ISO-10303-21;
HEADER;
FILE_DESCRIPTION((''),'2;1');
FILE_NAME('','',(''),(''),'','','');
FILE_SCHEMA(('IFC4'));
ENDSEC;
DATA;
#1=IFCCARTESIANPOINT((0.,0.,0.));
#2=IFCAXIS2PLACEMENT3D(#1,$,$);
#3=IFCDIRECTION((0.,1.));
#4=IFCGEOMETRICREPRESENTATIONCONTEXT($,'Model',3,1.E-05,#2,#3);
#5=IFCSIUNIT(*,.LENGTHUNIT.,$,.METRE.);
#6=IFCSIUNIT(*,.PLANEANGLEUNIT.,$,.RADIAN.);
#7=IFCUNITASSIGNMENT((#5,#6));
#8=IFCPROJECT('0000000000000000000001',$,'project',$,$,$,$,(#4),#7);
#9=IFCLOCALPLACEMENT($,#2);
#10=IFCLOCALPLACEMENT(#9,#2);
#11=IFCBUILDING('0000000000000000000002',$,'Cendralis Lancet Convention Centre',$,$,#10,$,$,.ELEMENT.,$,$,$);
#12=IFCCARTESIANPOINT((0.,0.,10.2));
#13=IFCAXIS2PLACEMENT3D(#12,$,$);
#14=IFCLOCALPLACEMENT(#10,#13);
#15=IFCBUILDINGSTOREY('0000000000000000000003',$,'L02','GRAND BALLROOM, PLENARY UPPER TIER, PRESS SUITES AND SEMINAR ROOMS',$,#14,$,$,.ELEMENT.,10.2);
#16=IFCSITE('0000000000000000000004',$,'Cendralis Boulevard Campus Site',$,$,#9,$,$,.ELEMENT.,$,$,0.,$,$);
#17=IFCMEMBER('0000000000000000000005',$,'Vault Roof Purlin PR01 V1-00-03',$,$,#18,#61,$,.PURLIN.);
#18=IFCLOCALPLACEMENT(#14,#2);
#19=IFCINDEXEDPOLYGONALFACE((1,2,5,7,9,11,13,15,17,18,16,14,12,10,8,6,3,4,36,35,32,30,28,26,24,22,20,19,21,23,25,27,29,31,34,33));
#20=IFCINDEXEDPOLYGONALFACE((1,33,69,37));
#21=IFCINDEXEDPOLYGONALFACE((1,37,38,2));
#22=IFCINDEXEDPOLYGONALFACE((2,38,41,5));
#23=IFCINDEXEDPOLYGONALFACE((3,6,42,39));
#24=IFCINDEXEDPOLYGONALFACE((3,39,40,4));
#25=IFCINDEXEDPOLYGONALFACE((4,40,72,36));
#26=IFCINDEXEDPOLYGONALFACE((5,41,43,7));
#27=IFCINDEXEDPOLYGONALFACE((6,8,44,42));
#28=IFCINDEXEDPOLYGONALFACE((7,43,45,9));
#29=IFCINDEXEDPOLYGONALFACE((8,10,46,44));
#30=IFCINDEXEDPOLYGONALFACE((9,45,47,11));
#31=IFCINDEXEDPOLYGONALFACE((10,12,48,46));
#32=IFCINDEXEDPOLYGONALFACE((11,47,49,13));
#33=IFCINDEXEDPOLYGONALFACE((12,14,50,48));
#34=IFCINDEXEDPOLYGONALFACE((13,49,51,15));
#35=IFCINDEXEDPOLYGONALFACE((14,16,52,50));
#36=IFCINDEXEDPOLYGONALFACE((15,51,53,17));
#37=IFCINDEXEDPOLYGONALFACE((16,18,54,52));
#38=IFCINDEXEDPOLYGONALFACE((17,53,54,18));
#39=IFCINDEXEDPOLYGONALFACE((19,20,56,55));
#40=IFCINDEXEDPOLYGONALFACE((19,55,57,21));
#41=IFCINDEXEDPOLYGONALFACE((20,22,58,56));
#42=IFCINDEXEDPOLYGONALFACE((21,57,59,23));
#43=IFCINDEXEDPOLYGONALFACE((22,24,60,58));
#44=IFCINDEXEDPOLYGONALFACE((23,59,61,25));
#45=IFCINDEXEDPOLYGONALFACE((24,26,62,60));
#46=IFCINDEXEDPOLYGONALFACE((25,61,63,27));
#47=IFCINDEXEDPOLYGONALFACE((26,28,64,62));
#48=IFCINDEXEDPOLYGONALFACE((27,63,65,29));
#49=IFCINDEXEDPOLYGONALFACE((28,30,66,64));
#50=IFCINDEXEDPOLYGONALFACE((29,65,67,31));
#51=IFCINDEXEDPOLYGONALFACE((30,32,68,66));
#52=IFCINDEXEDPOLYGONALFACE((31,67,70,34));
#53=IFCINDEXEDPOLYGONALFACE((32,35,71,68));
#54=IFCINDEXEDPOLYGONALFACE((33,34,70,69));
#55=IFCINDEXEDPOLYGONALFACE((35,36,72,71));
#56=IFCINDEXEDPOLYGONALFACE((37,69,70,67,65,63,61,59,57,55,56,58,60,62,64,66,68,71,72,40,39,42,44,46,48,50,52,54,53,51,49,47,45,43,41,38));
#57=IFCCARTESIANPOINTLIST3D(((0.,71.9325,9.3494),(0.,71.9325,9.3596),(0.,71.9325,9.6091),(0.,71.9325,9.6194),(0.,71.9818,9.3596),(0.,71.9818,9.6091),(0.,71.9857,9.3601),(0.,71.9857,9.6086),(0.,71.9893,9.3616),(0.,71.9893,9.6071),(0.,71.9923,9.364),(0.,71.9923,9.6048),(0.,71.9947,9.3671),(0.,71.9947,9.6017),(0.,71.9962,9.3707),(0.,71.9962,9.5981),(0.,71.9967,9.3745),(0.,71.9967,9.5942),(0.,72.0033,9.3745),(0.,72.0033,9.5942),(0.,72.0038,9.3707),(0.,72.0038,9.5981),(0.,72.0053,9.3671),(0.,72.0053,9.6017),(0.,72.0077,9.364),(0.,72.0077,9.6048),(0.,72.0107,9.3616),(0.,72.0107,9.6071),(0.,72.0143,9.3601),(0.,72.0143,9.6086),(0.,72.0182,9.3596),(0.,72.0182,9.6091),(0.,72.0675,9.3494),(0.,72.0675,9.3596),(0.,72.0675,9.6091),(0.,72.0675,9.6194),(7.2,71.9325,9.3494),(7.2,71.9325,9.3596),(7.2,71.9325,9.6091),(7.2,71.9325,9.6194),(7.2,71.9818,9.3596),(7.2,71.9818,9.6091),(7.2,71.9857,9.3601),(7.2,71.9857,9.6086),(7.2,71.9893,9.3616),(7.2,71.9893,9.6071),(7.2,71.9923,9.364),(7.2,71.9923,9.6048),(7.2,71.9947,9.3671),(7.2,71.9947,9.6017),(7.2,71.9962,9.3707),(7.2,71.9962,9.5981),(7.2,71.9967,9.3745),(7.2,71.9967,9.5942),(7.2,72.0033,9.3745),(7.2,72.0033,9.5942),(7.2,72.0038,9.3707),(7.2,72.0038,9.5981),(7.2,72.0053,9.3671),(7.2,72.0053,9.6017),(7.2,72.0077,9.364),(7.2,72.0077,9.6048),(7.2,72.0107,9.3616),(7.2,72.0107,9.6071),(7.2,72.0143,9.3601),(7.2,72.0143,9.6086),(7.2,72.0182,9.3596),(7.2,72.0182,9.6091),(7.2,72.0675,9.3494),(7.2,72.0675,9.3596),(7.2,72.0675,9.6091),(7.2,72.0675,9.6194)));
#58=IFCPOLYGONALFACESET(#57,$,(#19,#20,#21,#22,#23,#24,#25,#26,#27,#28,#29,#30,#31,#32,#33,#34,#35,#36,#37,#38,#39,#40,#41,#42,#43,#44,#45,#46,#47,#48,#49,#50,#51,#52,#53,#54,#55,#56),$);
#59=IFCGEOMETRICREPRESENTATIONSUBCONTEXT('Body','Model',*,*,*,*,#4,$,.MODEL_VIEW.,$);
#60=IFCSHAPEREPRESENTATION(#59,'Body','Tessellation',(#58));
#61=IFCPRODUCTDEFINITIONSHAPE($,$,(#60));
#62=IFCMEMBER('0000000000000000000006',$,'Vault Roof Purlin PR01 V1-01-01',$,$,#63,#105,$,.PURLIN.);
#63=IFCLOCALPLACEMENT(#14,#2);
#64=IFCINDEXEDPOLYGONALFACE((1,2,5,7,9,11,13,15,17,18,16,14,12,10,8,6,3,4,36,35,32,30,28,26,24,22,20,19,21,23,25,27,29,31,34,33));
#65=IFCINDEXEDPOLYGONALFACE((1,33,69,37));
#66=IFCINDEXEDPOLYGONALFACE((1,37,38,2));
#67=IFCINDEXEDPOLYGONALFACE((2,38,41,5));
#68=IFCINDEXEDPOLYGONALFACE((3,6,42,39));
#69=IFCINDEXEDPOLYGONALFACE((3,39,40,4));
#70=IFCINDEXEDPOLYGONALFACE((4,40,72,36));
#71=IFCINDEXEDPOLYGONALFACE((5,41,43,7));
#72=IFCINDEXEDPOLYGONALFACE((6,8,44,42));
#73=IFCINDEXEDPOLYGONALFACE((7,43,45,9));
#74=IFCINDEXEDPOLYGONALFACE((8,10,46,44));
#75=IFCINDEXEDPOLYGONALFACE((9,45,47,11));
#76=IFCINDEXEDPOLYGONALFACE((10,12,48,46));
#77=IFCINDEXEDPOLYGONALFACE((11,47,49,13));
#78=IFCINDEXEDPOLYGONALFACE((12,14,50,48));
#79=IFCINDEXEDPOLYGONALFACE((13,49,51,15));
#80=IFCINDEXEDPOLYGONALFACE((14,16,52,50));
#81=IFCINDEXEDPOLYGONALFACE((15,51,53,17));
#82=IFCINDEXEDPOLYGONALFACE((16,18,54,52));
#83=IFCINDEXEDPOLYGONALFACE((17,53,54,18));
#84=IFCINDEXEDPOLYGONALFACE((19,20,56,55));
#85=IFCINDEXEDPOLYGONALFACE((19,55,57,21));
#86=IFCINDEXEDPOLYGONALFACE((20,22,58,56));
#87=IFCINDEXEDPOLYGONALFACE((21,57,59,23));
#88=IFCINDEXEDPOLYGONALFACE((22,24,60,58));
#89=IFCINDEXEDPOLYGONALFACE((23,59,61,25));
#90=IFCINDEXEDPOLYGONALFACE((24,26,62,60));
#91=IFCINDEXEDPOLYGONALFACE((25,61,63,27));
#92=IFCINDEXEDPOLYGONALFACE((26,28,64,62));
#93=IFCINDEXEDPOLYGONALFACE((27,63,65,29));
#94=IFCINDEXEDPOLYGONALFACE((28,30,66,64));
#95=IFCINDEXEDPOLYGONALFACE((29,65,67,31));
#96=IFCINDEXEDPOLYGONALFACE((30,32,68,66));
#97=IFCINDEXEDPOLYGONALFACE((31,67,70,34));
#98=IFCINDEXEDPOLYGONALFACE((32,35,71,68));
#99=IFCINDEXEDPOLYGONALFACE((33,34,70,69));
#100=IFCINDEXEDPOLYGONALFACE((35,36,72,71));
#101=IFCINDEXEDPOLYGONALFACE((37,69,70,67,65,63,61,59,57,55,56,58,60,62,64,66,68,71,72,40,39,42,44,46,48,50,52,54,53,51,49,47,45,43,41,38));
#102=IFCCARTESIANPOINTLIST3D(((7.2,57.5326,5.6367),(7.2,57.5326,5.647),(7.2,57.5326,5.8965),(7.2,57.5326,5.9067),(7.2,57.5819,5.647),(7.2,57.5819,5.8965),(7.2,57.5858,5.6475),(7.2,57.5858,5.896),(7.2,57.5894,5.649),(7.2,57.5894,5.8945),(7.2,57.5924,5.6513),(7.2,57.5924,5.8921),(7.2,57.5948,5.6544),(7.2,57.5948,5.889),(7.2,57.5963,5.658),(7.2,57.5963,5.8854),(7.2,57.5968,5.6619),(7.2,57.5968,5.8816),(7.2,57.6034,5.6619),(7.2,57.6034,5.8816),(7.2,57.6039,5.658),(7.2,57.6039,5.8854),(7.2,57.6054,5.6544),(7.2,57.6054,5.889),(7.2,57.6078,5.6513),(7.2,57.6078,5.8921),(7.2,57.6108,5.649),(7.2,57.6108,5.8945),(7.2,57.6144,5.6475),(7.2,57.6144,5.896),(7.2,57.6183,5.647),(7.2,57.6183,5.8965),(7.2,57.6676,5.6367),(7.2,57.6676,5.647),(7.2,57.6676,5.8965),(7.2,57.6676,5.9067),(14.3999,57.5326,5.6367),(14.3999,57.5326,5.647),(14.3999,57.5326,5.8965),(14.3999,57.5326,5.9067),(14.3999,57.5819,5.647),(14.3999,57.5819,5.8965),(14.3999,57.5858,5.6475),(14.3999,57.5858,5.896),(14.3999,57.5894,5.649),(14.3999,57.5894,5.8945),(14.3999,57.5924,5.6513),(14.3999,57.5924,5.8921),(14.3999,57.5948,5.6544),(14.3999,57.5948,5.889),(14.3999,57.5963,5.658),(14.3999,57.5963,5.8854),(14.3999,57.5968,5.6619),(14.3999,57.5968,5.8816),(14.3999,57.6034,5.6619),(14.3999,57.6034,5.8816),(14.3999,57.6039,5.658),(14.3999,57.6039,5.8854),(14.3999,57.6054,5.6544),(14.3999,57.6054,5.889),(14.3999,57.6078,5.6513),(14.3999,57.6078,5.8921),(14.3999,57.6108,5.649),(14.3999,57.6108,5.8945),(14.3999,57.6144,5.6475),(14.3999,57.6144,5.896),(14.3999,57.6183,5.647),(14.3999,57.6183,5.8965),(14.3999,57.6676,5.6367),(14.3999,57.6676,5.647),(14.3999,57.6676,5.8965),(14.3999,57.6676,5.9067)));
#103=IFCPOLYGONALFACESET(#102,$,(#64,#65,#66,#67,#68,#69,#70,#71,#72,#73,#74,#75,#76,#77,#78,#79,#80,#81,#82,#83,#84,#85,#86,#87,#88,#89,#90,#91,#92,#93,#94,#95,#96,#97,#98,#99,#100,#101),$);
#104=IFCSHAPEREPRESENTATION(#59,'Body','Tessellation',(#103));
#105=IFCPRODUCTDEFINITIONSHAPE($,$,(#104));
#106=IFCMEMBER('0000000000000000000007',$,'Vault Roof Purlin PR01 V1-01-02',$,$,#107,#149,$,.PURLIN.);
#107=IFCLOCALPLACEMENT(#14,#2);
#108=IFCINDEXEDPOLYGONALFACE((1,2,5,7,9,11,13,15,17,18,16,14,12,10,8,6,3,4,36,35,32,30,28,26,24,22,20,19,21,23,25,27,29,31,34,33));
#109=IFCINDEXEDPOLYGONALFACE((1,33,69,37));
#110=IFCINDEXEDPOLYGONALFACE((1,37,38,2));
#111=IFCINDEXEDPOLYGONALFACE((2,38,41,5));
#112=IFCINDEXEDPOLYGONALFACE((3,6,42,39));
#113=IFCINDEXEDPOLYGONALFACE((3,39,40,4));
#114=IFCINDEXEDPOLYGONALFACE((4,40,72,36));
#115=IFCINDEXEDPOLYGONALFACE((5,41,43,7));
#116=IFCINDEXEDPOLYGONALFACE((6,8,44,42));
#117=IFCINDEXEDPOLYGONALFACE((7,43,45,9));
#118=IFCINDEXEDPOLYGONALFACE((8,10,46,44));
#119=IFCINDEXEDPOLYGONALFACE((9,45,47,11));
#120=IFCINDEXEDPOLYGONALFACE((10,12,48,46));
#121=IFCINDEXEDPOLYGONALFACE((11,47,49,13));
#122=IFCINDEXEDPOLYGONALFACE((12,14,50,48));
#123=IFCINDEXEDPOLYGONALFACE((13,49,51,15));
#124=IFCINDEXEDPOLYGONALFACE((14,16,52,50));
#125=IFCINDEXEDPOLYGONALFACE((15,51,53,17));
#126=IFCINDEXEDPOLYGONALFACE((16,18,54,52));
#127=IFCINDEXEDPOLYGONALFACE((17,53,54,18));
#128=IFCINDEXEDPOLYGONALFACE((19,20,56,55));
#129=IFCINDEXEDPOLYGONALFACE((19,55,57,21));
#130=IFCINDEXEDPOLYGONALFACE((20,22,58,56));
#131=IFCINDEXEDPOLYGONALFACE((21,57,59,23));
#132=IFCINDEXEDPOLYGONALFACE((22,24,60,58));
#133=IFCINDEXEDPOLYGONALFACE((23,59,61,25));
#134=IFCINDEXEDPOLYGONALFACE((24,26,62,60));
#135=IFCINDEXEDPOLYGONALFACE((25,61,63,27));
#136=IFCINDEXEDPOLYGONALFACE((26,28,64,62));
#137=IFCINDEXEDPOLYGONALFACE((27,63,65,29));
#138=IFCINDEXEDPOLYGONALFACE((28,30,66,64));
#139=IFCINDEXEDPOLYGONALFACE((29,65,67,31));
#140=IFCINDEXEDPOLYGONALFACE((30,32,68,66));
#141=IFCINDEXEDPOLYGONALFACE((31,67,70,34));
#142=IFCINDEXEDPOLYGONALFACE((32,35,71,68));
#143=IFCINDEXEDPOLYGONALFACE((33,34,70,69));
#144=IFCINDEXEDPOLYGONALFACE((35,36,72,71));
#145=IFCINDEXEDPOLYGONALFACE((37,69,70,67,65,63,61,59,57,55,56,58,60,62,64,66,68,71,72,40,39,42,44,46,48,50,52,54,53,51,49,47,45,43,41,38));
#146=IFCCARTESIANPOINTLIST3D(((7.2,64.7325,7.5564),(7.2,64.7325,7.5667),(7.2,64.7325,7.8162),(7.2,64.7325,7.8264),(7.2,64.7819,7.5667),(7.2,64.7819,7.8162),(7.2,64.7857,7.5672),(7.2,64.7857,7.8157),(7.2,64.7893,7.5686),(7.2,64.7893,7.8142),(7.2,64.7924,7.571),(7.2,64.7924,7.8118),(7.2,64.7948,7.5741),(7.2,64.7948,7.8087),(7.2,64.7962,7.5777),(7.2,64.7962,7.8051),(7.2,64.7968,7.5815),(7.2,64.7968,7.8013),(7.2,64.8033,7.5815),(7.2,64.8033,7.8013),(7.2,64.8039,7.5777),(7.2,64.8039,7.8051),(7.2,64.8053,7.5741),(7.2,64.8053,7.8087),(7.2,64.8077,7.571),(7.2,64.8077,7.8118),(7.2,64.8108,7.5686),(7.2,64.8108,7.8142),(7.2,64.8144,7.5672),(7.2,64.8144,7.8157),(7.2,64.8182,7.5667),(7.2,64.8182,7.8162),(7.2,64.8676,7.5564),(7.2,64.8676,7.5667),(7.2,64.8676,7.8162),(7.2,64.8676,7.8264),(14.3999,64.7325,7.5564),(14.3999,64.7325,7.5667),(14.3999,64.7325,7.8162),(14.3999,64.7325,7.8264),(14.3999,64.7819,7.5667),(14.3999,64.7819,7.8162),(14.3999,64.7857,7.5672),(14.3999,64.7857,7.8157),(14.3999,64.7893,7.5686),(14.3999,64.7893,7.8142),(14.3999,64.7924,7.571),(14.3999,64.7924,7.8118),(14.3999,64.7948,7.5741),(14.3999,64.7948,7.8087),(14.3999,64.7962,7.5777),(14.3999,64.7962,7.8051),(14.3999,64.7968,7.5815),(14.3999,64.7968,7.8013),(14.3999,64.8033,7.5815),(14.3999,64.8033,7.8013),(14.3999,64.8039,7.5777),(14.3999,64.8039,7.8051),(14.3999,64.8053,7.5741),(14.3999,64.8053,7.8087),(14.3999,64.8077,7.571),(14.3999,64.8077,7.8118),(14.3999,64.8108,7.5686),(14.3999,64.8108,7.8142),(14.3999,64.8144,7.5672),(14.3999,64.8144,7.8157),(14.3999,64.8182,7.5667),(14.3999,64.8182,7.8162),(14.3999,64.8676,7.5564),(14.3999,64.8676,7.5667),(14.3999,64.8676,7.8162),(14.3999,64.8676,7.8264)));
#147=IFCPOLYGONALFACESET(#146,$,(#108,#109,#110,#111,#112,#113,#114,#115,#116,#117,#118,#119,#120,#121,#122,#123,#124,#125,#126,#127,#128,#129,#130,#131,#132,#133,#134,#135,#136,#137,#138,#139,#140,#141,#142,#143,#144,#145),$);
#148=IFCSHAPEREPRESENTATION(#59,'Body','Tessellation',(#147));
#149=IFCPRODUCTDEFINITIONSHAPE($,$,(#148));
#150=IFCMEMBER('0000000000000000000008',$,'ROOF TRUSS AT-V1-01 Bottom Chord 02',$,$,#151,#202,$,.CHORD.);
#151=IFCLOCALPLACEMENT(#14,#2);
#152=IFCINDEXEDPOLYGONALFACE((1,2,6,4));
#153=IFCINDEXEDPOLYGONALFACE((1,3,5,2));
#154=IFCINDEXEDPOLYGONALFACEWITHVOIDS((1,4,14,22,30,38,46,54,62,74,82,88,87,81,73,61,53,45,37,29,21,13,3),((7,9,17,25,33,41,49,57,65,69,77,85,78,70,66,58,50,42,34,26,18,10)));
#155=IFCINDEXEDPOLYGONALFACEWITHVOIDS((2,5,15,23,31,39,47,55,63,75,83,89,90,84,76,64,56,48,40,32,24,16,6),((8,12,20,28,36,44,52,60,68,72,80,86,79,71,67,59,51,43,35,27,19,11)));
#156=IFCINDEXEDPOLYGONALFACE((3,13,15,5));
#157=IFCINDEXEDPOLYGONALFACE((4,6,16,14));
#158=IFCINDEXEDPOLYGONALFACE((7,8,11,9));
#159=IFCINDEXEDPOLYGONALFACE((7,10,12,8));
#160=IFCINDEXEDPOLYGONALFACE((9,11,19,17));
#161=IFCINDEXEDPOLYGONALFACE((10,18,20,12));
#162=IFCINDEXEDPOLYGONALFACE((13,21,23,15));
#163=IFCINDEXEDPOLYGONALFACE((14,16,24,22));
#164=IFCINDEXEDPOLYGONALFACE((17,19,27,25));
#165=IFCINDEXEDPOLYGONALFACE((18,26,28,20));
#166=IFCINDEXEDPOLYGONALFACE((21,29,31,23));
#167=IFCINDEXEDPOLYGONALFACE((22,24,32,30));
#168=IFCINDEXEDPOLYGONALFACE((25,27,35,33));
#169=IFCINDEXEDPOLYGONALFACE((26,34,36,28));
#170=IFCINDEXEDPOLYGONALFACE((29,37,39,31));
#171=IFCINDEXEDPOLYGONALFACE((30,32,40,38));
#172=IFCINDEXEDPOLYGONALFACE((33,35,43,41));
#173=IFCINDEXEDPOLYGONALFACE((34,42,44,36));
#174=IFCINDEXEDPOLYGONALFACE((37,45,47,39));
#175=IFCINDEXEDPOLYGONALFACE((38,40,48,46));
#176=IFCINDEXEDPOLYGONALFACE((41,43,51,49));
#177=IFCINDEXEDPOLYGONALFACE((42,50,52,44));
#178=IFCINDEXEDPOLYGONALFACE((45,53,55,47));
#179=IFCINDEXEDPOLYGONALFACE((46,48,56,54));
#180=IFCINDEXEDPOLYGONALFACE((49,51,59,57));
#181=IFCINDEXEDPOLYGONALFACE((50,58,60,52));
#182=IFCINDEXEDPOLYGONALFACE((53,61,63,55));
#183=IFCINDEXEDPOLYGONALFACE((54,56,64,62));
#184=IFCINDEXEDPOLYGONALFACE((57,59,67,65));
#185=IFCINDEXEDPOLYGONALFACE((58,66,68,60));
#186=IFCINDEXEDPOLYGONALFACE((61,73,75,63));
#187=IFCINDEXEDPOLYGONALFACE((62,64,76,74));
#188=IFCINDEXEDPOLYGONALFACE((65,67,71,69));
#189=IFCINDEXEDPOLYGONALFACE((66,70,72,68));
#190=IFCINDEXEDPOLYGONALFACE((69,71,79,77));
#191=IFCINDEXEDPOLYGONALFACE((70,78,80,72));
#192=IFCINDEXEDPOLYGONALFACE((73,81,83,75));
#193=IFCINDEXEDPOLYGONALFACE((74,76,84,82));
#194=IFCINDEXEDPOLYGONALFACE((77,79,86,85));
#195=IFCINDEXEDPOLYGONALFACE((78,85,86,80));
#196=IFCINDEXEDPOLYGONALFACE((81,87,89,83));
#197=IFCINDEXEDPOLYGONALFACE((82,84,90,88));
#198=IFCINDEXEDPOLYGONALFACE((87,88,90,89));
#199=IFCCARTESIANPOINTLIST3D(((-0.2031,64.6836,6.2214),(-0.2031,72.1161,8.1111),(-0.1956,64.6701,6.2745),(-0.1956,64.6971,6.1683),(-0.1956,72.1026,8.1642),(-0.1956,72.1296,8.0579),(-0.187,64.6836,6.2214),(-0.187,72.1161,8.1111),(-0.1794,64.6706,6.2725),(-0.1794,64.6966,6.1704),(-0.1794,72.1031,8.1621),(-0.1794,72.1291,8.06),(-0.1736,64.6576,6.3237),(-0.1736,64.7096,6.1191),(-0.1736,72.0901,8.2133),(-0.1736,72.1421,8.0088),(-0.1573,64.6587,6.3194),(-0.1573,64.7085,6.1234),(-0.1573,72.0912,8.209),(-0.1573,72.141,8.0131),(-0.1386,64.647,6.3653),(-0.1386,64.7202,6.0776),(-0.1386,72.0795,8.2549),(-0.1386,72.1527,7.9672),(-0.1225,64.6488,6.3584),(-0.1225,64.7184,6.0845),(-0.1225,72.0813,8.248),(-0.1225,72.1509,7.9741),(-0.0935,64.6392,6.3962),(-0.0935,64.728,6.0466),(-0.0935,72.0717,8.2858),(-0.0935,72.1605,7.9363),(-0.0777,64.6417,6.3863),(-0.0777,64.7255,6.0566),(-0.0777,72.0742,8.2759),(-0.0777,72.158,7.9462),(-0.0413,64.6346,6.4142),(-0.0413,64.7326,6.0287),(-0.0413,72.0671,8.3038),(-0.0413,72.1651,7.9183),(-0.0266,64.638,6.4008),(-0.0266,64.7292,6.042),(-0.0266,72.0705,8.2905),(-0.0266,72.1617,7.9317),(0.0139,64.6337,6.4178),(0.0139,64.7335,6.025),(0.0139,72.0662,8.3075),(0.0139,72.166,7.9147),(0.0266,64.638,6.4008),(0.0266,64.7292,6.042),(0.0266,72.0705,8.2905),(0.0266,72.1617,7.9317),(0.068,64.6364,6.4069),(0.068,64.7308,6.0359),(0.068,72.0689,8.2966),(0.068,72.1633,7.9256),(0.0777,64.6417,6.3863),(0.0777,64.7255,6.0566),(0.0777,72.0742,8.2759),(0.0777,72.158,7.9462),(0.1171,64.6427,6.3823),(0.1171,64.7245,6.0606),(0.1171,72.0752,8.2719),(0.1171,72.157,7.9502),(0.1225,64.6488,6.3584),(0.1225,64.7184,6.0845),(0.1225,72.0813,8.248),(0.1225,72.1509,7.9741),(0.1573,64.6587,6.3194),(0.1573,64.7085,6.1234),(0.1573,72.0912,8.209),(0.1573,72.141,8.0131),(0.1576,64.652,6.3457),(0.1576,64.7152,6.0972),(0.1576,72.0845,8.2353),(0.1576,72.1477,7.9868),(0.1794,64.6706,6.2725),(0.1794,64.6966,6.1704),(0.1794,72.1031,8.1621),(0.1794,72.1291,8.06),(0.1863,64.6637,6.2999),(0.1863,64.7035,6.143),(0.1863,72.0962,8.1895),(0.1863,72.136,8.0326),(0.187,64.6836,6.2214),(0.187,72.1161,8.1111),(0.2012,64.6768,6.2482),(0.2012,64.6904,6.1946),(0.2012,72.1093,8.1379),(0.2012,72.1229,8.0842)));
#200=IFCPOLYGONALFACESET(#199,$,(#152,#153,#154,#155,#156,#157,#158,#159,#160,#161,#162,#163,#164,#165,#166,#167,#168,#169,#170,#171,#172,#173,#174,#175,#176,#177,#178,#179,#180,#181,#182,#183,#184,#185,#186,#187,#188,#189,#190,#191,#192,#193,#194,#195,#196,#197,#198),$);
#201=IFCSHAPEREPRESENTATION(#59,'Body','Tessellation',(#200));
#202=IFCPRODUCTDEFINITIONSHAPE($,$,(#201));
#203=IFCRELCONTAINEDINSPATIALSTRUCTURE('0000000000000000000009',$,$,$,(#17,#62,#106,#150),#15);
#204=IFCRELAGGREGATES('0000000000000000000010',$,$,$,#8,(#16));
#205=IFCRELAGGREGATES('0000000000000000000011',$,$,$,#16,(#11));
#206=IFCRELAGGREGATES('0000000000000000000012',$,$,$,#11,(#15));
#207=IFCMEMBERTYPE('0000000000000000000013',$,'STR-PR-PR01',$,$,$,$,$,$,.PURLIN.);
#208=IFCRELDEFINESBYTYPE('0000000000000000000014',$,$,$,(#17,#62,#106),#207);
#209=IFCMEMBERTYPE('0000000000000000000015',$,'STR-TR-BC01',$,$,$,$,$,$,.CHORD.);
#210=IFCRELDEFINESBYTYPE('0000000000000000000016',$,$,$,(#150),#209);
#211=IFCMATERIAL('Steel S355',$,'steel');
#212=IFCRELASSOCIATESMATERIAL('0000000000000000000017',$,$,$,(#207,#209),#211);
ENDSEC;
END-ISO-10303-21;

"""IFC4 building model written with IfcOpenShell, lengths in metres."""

from ifc_helpers import new_model, si_unit, direction, frame, origin, origin_2d, place, context, subcontext, project, spatial, hollow_circle, i_section, extrude, material, material_profile, profile_set, type_object, element, save


model = new_model("IFC4")

# Units and contexts
model_context = context("Model", 3, precision=1e-05, world=origin(), true_north=direction((0.0, 1.0)))
body_context = subcontext(model_context, "Body", "Model", "MODEL_VIEW")
ifc_project = project(units=[si_unit("LENGTHUNIT", "METRE"), si_unit("PLANEANGLEUNIT", "RADIAN")], contexts=[model_context])

# Site, building, storey
site_placement = place(None, origin())
site = spatial("IfcSite", under=ifc_project, at=site_placement, Name="Cendralis Boulevard Campus Site", CompositionType="ELEMENT", RefElevation=0.0)
building_placement = place(site_placement, origin())
building = spatial("IfcBuilding", under=site, at=building_placement, Name="Cendralis Lancet Convention Centre", CompositionType="ELEMENT")
storey_placement = place(building_placement, frame((0.0, 0.0, 10.2)))
storey = spatial("IfcBuildingStorey", under=building, at=storey_placement, Name="L02", Description="GRAND BALLROOM, PLENARY UPPER TIER, PRESS SUITES AND SEMINAR ROOMS", CompositionType="ELEMENT", Elevation=10.2)

# Members
ifc_material = material(Name="Steel S355", Category="steel")
ifc_material_profile_1 = material_profile(ifc_material, i_section(OverallWidth=0.135, OverallDepth=0.27, WebThickness=0.0066, FlangeThickness=0.0103, FilletRadius=0.0149, at=origin_2d()), Name="IPE 270")
ifc_profile_set_1 = profile_set([ifc_material_profile_1], Name="Steel S355")
member_type_1 = type_object("IfcMemberType", Name="STR-PR-PR01", PredefinedType="PURLIN", material=ifc_profile_set_1)
for number, where, z_axis, x_axis, name in (
    (1, (0.0, 72.0, 9.4844), (1.0, 0.0, 0.0), (0.0, 1.0, 0.0), "Vault Roof Purlin PR01 V1-00-03"),
    (2, (7.2, 57.6001, 5.7717), (1.0, 0.0, 0.0), (0.0, 1.0, 0.0), "Vault Roof Purlin PR01 V1-01-01"),
    (3, (7.2, 64.8, 7.6914), (1.0, 0.0, 0.0), (0.0, 1.0, 0.0), "Vault Roof Purlin PR01 V1-01-02"),
):
    element("IfcMember", number, at=place(storey_placement, frame(where, z_axis=z_axis, x_axis=x_axis)), inside=storey, type_object=member_type_1, Name=name, PredefinedType="PURLIN", context=body_context, shape_type="SweptSolid", body=[
        extrude(i_section(OverallWidth=0.135, OverallDepth=0.27, WebThickness=0.0066, FlangeThickness=0.0103, FilletRadius=0.0149, at=origin_2d()), origin(), (0.0, 0.0, 1.0), 7.2),
    ])
ifc_material_profile_2 = material_profile(ifc_material, hollow_circle(Radius=0.2031, WallThickness=0.0161, at=origin_2d()), Name="CHS 406.4x16.0")
ifc_profile_set_2 = profile_set([ifc_material_profile_2], Name="Steel S355")
member_type_2 = type_object("IfcMemberType", Name="STR-TR-BC01", PredefinedType="CHORD", material=ifc_profile_set_2)
member_1_placement = place(storey_placement, frame((0.0, 64.6836, 6.2214), z_axis=(0.0, 0.969169, 0.246399), x_axis=(-1.0, 0.0, 0.0)))
element("IfcMember", 4, at=member_1_placement, inside=storey, type_object=member_type_2, Name="ROOF TRUSS AT-V1-01 Bottom Chord 02", PredefinedType="CHORD", context=body_context, shape_type="SweptSolid", body=[
    extrude(hollow_circle(Radius=0.2031, WallThickness=0.0161, at=origin_2d()), origin(), (0.0, 0.0, 1.0), 7.6689),
])

save(model, "model.ifc")
